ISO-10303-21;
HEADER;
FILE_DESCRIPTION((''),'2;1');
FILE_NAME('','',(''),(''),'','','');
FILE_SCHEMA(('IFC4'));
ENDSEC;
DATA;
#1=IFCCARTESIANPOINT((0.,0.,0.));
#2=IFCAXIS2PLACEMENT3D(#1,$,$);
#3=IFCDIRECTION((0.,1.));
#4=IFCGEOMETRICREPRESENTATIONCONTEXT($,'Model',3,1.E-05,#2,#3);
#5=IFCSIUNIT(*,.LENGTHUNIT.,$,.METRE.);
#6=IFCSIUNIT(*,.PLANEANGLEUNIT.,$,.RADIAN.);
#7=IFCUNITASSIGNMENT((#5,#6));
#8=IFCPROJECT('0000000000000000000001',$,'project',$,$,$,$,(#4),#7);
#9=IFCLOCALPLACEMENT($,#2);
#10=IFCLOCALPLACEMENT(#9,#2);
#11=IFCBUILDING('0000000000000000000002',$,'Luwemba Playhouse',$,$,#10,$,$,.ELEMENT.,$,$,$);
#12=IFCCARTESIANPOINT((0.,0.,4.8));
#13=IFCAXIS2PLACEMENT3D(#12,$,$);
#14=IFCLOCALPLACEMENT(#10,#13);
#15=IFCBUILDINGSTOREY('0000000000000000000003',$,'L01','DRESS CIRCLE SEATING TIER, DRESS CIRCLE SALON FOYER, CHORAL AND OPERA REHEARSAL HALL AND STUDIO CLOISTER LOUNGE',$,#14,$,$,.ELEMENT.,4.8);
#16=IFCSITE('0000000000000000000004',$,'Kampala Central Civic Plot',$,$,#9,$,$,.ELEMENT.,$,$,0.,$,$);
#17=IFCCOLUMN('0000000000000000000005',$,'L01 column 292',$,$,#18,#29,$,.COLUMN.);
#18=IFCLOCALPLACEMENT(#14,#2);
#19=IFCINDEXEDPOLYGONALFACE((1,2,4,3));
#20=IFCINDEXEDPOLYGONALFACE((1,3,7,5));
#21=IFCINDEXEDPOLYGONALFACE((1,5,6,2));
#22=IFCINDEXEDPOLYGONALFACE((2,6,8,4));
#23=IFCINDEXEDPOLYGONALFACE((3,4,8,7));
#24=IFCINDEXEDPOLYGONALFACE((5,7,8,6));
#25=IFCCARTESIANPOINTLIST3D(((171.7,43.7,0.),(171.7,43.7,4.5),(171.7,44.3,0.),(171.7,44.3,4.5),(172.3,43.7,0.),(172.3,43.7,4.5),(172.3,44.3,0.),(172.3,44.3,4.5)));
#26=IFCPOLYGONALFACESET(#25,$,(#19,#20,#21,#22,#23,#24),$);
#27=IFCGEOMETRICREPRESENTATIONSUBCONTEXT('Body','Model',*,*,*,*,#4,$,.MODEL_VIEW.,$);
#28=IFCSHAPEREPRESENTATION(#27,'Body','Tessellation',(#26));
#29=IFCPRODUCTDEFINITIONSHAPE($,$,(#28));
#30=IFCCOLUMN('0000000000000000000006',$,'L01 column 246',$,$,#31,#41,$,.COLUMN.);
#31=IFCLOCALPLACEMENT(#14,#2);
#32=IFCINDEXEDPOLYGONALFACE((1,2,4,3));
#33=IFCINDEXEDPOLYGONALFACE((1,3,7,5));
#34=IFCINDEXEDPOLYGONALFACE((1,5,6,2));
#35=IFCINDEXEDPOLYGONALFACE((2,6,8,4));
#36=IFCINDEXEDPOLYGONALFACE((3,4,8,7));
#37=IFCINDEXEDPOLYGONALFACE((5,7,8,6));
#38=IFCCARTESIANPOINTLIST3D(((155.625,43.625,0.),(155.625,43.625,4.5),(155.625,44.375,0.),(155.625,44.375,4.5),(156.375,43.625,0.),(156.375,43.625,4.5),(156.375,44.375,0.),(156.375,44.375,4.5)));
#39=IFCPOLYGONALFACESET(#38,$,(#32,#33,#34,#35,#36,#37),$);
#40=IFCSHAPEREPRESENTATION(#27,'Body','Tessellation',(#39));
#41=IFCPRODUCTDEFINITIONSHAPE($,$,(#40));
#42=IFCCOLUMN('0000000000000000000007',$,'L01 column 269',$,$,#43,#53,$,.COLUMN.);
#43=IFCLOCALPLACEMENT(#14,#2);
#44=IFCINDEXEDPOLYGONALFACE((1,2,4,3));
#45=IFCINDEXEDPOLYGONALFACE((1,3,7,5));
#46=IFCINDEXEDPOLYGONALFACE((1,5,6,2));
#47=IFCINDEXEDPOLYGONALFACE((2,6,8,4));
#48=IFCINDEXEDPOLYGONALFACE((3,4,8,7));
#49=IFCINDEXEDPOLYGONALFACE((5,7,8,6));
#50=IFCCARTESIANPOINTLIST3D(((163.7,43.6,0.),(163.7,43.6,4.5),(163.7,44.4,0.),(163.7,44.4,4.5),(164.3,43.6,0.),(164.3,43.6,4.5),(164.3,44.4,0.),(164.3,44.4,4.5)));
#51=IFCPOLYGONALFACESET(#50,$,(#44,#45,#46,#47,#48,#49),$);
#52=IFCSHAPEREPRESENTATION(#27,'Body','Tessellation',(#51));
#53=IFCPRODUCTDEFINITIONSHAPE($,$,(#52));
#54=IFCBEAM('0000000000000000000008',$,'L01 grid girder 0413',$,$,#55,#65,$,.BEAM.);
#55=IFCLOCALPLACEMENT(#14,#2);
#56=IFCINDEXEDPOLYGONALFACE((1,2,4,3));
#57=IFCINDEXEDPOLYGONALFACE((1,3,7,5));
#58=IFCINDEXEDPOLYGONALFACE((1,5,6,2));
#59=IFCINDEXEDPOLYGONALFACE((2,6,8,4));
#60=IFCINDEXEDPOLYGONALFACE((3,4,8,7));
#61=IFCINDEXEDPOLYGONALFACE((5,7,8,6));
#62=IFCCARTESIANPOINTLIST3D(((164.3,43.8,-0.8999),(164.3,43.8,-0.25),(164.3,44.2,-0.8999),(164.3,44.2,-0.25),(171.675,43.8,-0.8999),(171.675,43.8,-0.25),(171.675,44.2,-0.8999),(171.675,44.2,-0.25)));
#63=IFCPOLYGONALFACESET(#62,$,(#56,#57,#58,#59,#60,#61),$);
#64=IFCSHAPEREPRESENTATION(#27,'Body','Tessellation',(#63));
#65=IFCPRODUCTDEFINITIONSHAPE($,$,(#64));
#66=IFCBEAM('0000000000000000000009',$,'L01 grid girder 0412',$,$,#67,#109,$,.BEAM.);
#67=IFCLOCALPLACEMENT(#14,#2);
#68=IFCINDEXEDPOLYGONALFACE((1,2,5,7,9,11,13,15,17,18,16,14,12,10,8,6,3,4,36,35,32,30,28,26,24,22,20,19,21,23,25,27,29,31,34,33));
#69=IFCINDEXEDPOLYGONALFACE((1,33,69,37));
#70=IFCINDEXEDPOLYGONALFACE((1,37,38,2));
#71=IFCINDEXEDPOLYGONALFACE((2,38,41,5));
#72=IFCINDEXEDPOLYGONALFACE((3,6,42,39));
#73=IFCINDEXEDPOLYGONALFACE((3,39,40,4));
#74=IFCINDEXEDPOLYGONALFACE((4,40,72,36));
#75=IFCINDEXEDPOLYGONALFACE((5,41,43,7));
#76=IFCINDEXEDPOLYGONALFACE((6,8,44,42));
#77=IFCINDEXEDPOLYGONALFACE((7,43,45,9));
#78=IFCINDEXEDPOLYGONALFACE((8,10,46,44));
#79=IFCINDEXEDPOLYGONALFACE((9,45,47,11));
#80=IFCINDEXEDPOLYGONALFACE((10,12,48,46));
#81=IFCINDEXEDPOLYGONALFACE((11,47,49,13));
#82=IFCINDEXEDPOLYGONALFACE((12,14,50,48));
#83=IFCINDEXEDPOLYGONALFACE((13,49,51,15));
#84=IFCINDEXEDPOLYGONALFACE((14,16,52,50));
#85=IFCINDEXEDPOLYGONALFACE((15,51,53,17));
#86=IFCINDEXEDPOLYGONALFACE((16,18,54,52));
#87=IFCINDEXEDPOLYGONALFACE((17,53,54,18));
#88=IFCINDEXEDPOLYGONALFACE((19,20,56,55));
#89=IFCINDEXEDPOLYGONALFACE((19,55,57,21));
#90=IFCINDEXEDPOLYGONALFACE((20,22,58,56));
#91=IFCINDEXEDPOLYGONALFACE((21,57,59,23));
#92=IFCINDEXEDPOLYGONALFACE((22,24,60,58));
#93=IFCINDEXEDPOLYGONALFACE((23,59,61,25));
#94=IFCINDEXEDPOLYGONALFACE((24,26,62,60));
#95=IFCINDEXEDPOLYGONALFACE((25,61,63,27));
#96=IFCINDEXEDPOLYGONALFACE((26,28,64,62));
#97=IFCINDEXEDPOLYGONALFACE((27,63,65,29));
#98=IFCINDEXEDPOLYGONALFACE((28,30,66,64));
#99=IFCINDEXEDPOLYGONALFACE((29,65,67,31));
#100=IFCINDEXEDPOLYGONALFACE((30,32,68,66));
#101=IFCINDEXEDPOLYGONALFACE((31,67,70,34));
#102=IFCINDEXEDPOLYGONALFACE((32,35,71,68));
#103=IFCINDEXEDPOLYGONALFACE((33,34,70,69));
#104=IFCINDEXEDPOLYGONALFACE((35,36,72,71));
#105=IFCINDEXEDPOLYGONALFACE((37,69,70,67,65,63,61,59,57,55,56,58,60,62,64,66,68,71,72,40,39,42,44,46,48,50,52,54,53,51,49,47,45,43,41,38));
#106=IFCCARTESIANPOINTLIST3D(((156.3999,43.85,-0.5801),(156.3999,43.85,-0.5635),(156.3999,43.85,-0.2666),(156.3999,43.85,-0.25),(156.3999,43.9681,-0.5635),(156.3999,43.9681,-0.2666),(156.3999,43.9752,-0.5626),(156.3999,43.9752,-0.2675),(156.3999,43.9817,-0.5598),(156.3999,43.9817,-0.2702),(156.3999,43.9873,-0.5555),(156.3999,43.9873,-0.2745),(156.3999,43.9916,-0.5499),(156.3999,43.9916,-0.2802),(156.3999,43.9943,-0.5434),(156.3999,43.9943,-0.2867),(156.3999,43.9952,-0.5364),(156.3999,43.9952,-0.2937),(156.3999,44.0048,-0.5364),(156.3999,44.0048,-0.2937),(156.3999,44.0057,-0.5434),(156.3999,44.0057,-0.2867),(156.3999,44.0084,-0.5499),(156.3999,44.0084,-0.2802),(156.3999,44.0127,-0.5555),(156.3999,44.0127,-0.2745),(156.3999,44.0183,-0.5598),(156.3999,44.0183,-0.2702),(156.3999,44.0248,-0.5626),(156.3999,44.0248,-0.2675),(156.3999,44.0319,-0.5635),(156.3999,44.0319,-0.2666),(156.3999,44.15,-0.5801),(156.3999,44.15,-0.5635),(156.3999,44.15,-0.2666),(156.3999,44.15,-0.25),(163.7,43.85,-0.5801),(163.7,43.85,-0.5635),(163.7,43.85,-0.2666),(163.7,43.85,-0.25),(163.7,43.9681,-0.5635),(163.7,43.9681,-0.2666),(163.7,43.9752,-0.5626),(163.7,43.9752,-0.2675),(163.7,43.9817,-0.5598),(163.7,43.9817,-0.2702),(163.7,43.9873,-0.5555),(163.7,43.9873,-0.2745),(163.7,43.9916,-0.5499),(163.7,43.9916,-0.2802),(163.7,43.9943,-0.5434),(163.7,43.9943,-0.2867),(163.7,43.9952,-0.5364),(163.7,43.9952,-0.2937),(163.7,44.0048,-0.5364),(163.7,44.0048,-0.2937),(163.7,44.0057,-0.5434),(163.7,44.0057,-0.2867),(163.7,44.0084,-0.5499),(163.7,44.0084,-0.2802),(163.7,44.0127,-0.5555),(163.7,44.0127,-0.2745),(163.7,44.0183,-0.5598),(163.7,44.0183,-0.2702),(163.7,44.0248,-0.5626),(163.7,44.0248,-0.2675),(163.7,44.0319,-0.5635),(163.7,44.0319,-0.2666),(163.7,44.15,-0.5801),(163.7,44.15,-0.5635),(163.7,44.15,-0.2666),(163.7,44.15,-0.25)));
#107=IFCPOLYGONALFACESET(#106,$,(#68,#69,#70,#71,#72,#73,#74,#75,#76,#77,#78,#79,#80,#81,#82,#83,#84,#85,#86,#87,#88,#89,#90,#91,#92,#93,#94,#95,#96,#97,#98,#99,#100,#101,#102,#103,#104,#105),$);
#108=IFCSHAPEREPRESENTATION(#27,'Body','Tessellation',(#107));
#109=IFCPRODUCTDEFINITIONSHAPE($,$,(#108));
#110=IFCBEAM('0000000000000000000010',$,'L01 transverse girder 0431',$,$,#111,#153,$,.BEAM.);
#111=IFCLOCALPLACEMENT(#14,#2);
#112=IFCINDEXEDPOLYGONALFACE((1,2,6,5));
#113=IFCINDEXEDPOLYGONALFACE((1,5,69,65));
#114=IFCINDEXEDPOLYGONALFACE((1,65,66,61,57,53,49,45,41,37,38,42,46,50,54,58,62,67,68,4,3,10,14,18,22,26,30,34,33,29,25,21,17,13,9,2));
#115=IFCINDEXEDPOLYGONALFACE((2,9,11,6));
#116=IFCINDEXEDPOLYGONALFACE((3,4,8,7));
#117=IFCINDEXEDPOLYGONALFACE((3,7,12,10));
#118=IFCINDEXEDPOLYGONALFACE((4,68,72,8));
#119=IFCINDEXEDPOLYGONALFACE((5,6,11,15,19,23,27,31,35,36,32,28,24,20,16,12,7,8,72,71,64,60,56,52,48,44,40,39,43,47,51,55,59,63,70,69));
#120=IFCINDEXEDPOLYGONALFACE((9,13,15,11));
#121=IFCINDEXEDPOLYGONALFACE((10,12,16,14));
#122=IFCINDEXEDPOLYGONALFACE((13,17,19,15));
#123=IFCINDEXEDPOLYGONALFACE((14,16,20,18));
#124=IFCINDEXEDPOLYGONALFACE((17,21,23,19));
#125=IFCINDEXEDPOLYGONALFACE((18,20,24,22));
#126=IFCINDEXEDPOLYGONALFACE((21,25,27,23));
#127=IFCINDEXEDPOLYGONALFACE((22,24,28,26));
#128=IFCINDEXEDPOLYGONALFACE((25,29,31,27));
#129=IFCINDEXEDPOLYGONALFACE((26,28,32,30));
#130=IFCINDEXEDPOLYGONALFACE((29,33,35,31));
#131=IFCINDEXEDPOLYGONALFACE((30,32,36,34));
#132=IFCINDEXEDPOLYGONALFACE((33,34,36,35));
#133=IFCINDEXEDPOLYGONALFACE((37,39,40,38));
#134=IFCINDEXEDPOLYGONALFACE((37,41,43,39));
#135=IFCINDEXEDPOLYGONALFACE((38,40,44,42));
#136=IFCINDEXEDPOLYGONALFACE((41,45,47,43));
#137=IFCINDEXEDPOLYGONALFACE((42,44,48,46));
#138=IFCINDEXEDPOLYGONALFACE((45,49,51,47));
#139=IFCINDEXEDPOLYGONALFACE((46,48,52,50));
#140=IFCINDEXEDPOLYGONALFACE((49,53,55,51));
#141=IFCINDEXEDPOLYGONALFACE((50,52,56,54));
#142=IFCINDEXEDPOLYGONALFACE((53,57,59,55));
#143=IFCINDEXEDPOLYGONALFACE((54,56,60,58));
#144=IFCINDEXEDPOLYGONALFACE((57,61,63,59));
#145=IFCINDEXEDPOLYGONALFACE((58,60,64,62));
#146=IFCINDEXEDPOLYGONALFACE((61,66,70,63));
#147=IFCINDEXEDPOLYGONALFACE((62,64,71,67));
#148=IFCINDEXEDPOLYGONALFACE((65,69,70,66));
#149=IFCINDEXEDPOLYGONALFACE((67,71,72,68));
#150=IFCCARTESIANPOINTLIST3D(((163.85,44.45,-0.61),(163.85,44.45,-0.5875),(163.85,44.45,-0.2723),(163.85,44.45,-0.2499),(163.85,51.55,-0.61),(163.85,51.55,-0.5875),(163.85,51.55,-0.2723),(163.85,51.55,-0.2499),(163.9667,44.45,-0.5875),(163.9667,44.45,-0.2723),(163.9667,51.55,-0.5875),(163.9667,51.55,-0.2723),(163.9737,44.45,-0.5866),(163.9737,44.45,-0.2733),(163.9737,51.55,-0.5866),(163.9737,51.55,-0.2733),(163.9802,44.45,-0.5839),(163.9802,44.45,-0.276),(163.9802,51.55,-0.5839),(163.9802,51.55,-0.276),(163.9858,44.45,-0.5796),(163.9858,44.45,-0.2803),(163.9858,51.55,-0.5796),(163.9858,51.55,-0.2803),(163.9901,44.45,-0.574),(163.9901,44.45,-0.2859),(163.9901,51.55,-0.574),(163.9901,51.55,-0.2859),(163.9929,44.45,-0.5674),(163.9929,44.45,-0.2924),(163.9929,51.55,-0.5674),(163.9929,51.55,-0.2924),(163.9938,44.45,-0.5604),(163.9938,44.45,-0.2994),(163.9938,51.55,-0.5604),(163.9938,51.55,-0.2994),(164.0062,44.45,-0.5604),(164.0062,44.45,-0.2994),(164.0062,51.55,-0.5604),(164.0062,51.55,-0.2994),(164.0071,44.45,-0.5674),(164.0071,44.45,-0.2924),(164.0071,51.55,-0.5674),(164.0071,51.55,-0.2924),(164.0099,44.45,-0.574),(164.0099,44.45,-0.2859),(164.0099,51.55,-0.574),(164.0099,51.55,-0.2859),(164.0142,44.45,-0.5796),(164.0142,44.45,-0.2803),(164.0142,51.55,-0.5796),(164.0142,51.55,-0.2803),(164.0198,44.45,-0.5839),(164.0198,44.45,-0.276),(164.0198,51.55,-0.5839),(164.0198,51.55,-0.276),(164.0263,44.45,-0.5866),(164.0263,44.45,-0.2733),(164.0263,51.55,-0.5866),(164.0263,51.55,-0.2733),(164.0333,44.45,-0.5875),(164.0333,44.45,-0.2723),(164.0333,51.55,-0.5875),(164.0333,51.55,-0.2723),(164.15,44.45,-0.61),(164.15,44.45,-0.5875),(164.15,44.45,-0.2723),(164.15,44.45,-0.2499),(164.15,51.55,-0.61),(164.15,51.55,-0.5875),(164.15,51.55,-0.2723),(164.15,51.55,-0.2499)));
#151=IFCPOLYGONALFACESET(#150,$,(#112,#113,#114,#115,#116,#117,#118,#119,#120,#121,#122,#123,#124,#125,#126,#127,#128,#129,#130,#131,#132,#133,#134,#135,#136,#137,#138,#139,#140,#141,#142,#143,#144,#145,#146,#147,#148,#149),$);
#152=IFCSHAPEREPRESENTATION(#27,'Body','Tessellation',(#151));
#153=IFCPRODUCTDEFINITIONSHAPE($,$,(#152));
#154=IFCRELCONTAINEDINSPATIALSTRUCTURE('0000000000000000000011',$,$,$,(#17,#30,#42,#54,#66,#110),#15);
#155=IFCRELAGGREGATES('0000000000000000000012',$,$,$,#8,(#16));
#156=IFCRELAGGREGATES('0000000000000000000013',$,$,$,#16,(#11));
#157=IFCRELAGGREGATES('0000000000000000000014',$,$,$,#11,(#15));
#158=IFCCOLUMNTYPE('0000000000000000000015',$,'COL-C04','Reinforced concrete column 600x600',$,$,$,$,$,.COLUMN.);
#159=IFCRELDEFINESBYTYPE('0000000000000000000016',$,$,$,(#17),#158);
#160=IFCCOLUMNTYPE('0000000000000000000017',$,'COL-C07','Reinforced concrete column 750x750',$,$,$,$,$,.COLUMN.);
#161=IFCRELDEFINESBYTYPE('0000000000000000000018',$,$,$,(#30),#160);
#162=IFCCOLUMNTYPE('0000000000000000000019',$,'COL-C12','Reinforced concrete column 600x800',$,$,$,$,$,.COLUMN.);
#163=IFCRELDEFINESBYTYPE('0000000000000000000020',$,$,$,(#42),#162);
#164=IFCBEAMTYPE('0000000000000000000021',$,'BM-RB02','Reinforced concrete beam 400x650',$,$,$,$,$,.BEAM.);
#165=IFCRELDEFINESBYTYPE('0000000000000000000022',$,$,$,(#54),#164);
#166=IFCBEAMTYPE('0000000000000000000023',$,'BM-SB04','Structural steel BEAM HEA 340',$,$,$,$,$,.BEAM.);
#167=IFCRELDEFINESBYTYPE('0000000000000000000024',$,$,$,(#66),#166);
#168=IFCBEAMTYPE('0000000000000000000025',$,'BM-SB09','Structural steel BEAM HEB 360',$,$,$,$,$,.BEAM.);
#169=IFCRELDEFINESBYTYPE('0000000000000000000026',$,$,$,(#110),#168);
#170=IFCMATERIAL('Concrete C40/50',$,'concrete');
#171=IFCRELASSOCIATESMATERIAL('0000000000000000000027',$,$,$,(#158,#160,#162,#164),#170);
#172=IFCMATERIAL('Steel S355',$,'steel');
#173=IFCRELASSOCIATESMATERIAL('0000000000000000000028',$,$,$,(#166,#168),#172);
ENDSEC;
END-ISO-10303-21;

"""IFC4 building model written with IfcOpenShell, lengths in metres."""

from ifc_helpers import new_model, si_unit, direction, frame, origin, origin_2d, place, context, subcontext, project, spatial, rectangle, i_section, extrude, material, material_profile, profile_set, type_object, element, save


model = new_model("IFC4")

# Units and contexts
model_context = context("Model", 3, precision=1e-05, world=origin(), true_north=direction((0.0, 1.0)))
body_context = subcontext(model_context, "Body", "Model", "MODEL_VIEW")
ifc_project = project(units=[si_unit("LENGTHUNIT", "METRE"), si_unit("PLANEANGLEUNIT", "RADIAN")], contexts=[model_context])

# Site, building, storey
site_placement = place(None, origin())
site = spatial("IfcSite", under=ifc_project, at=site_placement, Name="Kampala Central Civic Plot", CompositionType="ELEMENT", RefElevation=0.0)
building_placement = place(site_placement, origin())
building = spatial("IfcBuilding", under=site, at=building_placement, Name="Luwemba Playhouse", CompositionType="ELEMENT")
storey_placement = place(building_placement, frame((0.0, 0.0, 4.8)))
storey = spatial("IfcBuildingStorey", under=building, at=storey_placement, Name="L01", Description="DRESS CIRCLE SEATING TIER, DRESS CIRCLE SALON FOYER, CHORAL AND OPERA REHEARSAL HALL AND STUDIO CLOISTER LOUNGE", CompositionType="ELEMENT", Elevation=4.8)

# Columns
ifc_material_1 = material(Name="Concrete C40/50", Category="concrete")
ifc_material_profile_1 = material_profile(ifc_material_1, rectangle(XDim=0.6001, YDim=0.6001, at=origin_2d()))
ifc_profile_set_1 = profile_set([ifc_material_profile_1], Name="Concrete C40/50")
column_type_1 = type_object("IfcColumnType", Name="COL-C04", Description="Reinforced concrete column 600x600", PredefinedType="COLUMN", material=ifc_profile_set_1)
column_1_placement = place(storey_placement, frame((172.0, 44.0, 0.0), z_axis=(0.0, 0.0, 1.0), x_axis=(1.0, 0.0, 0.0)))
element("IfcColumn", 1, at=column_1_placement, inside=storey, type_object=column_type_1, Name="L01 column 292", PredefinedType="COLUMN", context=body_context, shape_type="SweptSolid", body=[
    extrude(rectangle(XDim=0.6001, YDim=0.6001, at=origin_2d()), origin(), (0.0, 0.0, 1.0), 4.5),
])
ifc_material_profile_2 = material_profile(ifc_material_1, rectangle(XDim=0.75, YDim=0.75, at=origin_2d()))
ifc_profile_set_2 = profile_set([ifc_material_profile_2], Name="Concrete C40/50")
column_type_2 = type_object("IfcColumnType", Name="COL-C07", Description="Reinforced concrete column 750x750", PredefinedType="COLUMN", material=ifc_profile_set_2)
column_2_placement = place(storey_placement, frame((156.0, 44.0, 0.0), z_axis=(0.0, 0.0, 1.0), x_axis=(1.0, 0.0, 0.0)))
element("IfcColumn", 2, at=column_2_placement, inside=storey, type_object=column_type_2, Name="L01 column 246", PredefinedType="COLUMN", context=body_context, shape_type="SweptSolid", body=[
    extrude(rectangle(XDim=0.75, YDim=0.75, at=origin_2d()), origin(), (0.0, 0.0, 1.0), 4.5),
])
ifc_material_profile_3 = material_profile(ifc_material_1, rectangle(XDim=0.6001, YDim=0.8, at=origin_2d()))
ifc_profile_set_3 = profile_set([ifc_material_profile_3], Name="Concrete C40/50")
column_type_3 = type_object("IfcColumnType", Name="COL-C12", Description="Reinforced concrete column 600x800", PredefinedType="COLUMN", material=ifc_profile_set_3)
column_3_placement = place(storey_placement, frame((164.0, 44.0, 0.0), z_axis=(0.0, 0.0, 1.0), x_axis=(1.0, 0.0, 0.0)))
element("IfcColumn", 3, at=column_3_placement, inside=storey, type_object=column_type_3, Name="L01 column 269", PredefinedType="COLUMN", context=body_context, shape_type="SweptSolid", body=[
    extrude(rectangle(XDim=0.6001, YDim=0.8, at=origin_2d()), origin(), (0.0, 0.0, 1.0), 4.5),
])

# Beams
ifc_material_profile_4 = material_profile(ifc_material_1, rectangle(XDim=0.3999, YDim=0.6499, at=origin_2d()))
ifc_profile_set_4 = profile_set([ifc_material_profile_4], Name="Concrete C40/50")
beam_type_1 = type_object("IfcBeamType", Name="BM-RB02", Description="Reinforced concrete beam 400x650", PredefinedType="BEAM", material=ifc_profile_set_4)
beam_1_placement = place(storey_placement, frame((164.3, 44.0, -0.575), z_axis=(1.0, 0.0, 0.0), x_axis=(0.0, 1.0, 0.0)))
element("IfcBeam", 4, at=beam_1_placement, inside=storey, type_object=beam_type_1, Name="L01 grid girder 0413", PredefinedType="BEAM", context=body_context, shape_type="SweptSolid", body=[
    extrude(rectangle(XDim=0.3999, YDim=0.6499, at=origin_2d()), origin(), (0.0, 0.0, 1.0), 7.375),
])
ifc_material_2 = material(Name="Steel S355", Category="steel")
ifc_material_profile_5 = material_profile(ifc_material_2, i_section(OverallWidth=0.3, OverallDepth=0.3301, WebThickness=0.0095, FlangeThickness=0.0166, FilletRadius=0.0271, at=origin_2d()))
ifc_profile_set_5 = profile_set([ifc_material_profile_5], Name="Steel S355")
beam_type_2 = type_object("IfcBeamType", Name="BM-SB04", Description="Structural steel BEAM HEA 340", PredefinedType="BEAM", material=ifc_profile_set_5)
beam_2_placement = place(storey_placement, frame((156.3999, 44.0, -0.415), z_axis=(1.0, 0.0, 0.0), x_axis=(0.0, 1.0, 0.0)))
element("IfcBeam", 5, at=beam_2_placement, inside=storey, type_object=beam_type_2, Name="L01 grid girder 0412", PredefinedType="BEAM", context=body_context, shape_type="SweptSolid", body=[
    extrude(i_section(OverallWidth=0.3, OverallDepth=0.3301, WebThickness=0.0095, FlangeThickness=0.0166, FilletRadius=0.0271, at=origin_2d()), origin(), (0.0, 0.0, 1.0), 7.3),
])
ifc_material_profile_6 = material_profile(ifc_material_2, i_section(OverallWidth=0.3, OverallDepth=0.3601, WebThickness=0.0125, FlangeThickness=0.0225, FilletRadius=0.0271, at=origin_2d()))
ifc_profile_set_6 = profile_set([ifc_material_profile_6], Name="Steel S355")
beam_type_3 = type_object("IfcBeamType", Name="BM-SB09", Description="Structural steel BEAM HEB 360", PredefinedType="BEAM", material=ifc_profile_set_6)
beam_3_placement = place(storey_placement, frame((164.0, 44.45, -0.4299), z_axis=(0.0, 1.0, 0.0), x_axis=(-1.0, 0.0, 0.0)))
element("IfcBeam", 6, at=beam_3_placement, inside=storey, type_object=beam_type_3, Name="L01 transverse girder 0431", PredefinedType="BEAM", context=body_context, shape_type="SweptSolid", body=[
    extrude(i_section(OverallWidth=0.3, OverallDepth=0.3601, WebThickness=0.0125, FlangeThickness=0.0225, FilletRadius=0.0271, at=origin_2d()), origin(), (0.0, 0.0, 1.0), 7.1001),
])

save(model, "model.ifc")
